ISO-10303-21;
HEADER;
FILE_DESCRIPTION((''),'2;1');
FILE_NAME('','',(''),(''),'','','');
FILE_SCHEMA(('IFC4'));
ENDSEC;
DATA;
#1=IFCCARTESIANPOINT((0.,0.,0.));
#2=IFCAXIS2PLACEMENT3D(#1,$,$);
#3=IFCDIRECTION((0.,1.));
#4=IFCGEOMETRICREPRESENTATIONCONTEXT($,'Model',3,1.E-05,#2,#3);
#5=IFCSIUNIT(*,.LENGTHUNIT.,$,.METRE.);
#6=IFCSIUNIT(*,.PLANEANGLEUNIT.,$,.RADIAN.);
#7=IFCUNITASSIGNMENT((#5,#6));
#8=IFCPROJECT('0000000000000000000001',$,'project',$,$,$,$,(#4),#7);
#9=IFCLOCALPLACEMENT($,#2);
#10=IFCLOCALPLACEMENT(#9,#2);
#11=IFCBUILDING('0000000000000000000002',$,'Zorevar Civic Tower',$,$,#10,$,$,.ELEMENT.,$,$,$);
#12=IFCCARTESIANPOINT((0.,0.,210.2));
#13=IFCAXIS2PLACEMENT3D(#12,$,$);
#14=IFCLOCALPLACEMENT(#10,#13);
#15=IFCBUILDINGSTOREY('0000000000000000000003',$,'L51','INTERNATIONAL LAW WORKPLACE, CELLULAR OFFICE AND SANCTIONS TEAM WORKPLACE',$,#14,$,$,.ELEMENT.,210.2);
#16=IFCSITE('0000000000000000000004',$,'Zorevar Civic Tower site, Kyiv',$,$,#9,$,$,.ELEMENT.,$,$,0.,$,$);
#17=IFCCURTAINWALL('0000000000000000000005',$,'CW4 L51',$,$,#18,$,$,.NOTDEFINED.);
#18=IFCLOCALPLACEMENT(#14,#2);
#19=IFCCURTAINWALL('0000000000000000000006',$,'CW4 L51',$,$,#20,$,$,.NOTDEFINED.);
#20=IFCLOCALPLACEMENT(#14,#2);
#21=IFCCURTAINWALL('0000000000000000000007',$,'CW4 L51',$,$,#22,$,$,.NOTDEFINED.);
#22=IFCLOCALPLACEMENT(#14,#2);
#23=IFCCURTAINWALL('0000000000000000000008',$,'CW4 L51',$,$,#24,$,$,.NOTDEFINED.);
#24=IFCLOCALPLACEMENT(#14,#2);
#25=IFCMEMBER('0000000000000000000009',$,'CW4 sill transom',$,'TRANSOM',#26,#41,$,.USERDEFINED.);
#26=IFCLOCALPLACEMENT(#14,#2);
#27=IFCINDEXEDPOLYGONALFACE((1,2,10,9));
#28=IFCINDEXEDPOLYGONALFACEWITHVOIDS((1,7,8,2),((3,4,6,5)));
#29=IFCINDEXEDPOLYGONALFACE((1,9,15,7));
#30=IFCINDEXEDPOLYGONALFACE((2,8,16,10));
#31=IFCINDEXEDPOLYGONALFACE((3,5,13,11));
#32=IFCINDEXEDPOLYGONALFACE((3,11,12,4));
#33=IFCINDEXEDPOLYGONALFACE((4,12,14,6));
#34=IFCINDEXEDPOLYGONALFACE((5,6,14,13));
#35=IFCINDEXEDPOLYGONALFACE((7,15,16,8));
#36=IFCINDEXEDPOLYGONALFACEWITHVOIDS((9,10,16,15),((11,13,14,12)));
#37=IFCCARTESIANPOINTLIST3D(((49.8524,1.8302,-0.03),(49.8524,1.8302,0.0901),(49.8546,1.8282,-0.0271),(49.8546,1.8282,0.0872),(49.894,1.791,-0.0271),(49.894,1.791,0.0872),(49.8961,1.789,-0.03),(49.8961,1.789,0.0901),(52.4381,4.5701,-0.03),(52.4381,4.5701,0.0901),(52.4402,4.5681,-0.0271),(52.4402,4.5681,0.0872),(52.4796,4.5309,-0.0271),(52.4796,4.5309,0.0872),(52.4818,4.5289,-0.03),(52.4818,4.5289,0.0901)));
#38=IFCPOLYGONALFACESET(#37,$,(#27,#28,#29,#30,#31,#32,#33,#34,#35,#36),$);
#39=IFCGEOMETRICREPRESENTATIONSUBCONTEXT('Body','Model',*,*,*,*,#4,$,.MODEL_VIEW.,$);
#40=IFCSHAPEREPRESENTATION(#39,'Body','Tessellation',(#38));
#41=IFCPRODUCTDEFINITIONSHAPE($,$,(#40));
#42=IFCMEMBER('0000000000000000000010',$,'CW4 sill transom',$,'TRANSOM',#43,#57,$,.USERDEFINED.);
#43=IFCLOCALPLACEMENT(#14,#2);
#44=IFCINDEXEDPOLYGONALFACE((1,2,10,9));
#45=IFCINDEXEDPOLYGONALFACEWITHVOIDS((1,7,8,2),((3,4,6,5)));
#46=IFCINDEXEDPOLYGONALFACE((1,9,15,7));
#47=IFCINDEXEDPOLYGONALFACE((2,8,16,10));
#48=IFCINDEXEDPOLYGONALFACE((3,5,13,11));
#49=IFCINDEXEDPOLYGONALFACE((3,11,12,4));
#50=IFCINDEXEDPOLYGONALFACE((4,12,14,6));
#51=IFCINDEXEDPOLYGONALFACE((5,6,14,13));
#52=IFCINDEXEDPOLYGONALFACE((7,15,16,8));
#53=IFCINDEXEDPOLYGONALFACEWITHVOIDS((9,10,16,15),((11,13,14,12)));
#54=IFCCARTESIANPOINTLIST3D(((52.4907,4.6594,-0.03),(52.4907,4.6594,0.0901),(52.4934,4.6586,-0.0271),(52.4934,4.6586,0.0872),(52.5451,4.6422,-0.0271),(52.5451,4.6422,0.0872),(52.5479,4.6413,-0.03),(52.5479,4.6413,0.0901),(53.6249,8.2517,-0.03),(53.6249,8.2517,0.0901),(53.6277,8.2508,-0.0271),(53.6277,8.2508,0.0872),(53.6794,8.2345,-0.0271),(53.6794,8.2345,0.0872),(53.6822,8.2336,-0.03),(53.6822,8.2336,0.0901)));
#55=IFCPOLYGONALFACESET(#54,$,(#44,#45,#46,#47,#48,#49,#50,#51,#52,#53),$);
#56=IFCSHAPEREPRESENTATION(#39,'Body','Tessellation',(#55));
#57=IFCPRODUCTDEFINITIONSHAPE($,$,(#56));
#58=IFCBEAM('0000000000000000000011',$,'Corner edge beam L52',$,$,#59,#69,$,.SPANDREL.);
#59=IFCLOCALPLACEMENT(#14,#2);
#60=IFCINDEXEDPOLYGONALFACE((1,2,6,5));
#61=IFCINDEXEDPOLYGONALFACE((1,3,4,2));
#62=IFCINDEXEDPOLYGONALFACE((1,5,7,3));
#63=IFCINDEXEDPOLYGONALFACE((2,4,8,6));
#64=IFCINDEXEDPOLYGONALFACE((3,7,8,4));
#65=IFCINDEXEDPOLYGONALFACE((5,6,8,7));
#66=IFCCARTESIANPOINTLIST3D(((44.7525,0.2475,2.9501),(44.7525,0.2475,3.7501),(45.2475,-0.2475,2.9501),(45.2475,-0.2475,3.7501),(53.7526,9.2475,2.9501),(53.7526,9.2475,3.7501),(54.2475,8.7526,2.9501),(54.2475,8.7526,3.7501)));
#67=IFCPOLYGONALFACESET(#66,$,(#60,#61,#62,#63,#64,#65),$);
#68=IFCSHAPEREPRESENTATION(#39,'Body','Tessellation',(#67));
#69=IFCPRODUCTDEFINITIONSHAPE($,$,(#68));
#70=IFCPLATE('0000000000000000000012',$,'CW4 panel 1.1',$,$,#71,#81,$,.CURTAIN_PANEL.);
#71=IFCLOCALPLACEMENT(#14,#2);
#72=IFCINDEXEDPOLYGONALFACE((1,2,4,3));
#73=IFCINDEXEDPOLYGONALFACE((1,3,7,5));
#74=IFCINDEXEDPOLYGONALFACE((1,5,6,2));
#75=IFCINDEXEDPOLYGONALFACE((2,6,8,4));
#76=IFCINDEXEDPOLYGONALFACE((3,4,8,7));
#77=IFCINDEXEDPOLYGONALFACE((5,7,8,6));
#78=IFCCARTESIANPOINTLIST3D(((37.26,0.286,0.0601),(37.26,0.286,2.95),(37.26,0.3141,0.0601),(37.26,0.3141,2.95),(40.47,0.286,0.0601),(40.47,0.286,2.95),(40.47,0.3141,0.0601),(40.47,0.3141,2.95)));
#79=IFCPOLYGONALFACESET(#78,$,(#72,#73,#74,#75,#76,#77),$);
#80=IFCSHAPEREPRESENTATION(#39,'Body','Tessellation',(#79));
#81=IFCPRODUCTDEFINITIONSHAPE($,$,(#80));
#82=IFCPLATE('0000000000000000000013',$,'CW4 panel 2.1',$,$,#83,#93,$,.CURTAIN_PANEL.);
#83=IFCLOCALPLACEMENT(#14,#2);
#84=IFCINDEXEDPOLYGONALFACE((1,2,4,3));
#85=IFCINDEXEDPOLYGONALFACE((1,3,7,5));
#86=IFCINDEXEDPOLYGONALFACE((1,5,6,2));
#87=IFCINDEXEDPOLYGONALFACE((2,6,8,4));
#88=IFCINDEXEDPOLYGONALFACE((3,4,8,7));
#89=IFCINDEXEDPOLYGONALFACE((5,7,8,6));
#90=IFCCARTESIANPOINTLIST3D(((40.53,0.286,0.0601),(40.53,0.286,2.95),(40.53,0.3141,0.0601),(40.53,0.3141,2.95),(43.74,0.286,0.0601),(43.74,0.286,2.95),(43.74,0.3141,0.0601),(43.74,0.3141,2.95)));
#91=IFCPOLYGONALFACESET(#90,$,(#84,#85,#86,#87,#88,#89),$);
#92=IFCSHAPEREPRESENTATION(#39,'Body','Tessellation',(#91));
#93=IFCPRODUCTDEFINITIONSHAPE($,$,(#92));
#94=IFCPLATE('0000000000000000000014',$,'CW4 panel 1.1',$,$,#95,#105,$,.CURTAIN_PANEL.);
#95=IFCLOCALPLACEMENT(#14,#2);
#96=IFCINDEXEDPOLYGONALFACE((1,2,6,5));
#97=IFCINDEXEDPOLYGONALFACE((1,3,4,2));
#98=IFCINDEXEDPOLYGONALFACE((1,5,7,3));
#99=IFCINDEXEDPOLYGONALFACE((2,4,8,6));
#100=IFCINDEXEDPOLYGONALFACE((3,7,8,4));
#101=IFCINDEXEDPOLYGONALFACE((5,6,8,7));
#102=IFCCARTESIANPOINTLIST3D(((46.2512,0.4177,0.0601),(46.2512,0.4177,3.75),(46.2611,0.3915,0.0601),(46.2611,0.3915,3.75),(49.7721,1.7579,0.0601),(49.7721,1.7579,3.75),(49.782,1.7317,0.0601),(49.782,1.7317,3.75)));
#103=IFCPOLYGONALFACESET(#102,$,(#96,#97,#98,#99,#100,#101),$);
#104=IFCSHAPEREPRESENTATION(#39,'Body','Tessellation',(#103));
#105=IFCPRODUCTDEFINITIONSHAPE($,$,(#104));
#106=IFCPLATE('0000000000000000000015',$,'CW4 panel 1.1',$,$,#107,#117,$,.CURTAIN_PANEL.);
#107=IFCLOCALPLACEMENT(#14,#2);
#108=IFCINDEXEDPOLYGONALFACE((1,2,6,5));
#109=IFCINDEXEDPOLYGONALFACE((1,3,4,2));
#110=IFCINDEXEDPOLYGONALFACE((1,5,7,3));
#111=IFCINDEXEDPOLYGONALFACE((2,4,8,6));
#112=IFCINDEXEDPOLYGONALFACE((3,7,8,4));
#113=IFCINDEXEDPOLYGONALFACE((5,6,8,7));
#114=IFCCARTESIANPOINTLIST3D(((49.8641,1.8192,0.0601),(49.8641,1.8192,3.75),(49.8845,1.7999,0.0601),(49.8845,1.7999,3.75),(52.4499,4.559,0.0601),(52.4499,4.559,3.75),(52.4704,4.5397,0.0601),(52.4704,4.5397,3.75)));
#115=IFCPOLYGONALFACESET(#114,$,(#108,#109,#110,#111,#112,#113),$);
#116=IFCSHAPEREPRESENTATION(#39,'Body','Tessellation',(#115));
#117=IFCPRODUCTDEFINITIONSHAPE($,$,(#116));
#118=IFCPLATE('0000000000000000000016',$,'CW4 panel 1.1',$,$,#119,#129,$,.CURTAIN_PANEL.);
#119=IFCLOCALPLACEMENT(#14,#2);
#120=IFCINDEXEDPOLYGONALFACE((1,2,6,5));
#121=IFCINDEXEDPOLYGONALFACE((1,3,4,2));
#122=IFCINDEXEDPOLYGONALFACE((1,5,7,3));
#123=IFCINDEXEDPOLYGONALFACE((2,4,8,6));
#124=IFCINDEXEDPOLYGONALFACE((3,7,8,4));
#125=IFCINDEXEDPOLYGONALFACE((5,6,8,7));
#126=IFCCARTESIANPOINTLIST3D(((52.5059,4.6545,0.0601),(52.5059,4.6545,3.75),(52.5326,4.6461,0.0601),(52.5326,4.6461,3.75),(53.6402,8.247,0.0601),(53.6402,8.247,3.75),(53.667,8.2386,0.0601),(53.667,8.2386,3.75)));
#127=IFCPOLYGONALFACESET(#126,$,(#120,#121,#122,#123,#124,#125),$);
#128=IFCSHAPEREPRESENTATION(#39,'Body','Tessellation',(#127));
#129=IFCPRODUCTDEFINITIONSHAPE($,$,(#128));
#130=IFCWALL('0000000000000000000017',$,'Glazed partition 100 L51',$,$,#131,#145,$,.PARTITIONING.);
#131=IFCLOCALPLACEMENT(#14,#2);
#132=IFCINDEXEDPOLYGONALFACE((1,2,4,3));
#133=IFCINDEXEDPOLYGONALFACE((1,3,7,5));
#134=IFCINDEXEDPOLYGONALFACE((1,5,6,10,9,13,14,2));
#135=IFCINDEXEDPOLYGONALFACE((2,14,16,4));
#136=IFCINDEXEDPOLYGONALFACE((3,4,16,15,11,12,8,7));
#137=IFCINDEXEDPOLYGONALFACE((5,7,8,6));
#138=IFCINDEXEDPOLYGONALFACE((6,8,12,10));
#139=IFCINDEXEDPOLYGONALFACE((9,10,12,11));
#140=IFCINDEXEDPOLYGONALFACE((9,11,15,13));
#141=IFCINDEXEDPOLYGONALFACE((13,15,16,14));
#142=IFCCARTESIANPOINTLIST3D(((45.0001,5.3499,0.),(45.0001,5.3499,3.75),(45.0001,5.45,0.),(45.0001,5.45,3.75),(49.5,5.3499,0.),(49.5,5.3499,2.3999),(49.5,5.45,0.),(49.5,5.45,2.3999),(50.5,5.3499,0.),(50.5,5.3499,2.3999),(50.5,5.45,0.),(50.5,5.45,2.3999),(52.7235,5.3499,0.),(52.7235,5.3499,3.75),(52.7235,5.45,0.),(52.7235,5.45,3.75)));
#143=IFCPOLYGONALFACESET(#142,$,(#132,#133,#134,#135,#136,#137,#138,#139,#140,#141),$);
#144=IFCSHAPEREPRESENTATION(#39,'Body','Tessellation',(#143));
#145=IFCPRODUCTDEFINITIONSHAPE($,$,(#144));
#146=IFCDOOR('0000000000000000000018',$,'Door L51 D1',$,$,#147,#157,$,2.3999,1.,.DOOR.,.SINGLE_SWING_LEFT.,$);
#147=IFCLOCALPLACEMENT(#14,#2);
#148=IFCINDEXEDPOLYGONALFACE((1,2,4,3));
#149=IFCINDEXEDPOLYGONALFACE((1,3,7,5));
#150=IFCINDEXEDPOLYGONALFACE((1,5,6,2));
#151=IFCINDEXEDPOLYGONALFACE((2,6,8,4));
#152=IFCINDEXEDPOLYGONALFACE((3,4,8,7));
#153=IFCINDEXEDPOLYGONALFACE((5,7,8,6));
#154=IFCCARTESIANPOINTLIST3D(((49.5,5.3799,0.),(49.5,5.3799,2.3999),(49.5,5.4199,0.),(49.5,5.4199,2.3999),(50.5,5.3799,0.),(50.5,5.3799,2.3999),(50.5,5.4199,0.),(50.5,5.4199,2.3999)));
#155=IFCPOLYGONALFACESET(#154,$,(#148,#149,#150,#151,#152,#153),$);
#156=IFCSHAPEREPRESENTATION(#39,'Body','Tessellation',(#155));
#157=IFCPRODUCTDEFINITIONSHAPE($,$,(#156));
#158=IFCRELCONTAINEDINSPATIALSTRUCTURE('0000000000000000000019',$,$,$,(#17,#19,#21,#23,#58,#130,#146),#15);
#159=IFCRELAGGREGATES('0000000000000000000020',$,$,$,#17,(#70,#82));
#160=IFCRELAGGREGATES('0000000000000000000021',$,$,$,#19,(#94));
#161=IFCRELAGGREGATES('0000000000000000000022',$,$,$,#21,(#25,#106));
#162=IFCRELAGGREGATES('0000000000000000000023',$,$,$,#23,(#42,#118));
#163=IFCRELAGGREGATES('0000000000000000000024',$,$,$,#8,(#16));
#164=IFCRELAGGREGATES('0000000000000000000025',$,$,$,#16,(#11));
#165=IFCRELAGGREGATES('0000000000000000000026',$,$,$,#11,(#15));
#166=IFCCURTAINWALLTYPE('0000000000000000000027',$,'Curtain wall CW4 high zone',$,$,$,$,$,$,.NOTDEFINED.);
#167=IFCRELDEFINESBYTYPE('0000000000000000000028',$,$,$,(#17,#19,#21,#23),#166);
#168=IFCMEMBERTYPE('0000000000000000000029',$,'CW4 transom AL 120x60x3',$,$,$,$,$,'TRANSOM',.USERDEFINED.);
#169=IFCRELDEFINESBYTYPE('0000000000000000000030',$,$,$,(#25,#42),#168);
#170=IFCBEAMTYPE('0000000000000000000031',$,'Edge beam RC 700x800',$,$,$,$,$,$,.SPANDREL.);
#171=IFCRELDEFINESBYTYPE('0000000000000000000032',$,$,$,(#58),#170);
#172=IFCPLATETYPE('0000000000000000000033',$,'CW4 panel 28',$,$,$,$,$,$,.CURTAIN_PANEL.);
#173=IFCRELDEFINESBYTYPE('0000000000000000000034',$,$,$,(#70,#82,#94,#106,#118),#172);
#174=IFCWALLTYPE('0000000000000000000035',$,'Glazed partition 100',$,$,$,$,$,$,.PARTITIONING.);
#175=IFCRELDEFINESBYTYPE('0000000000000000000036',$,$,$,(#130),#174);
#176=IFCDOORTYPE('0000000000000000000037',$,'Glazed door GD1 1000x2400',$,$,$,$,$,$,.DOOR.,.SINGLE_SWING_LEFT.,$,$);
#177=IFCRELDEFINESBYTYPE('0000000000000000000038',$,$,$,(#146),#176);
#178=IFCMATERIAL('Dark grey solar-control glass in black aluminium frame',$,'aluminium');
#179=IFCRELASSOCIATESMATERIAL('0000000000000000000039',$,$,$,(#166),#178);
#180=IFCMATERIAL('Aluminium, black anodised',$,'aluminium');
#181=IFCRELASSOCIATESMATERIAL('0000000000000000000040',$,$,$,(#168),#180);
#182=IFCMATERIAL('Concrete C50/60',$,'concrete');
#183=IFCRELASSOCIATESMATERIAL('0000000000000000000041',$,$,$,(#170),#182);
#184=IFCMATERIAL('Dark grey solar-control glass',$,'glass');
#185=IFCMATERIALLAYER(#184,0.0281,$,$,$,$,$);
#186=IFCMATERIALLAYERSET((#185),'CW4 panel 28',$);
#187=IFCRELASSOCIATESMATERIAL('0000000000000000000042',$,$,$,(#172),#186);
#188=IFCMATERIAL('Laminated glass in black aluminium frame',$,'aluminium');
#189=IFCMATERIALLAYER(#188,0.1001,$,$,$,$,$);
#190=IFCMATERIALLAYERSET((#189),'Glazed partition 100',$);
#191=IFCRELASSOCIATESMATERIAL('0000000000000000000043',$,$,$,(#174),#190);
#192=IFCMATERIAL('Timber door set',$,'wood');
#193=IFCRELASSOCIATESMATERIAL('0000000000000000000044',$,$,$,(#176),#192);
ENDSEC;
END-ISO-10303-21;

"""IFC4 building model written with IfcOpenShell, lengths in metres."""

from ifc_helpers import new_model, si_unit, direction, frame, frame_2d, origin, origin_2d, place, context, subcontext, project, spatial, rectangle, hollow_rectangle, extrude, material, layer, layer_set, material_profile, profile_set, type_object, element, fill, aggregate, save


model = new_model("IFC4")

# Units and contexts
model_context = context("Model", 3, precision=1e-05, world=origin(), true_north=direction((0.0, 1.0)))
body_context = subcontext(model_context, "Body", "Model", "MODEL_VIEW")
ifc_project = project(units=[si_unit("LENGTHUNIT", "METRE"), si_unit("PLANEANGLEUNIT", "RADIAN")], contexts=[model_context])

# Site, building, storey
site_placement = place(None, origin())
site = spatial("IfcSite", under=ifc_project, at=site_placement, Name="Zorevar Civic Tower site, Kyiv", CompositionType="ELEMENT", RefElevation=0.0)
building_placement = place(site_placement, origin())
building = spatial("IfcBuilding", under=site, at=building_placement, Name="Zorevar Civic Tower", CompositionType="ELEMENT")
storey_placement = place(building_placement, frame((0.0, 0.0, 210.2)))
storey = spatial("IfcBuildingStorey", under=building, at=storey_placement, Name="L51", Description="INTERNATIONAL LAW WORKPLACE, CELLULAR OFFICE AND SANCTIONS TEAM WORKPLACE", CompositionType="ELEMENT", Elevation=210.2)

# Curtain walls
ifc_material_1 = material(Name="Dark grey solar-control glass in black aluminium frame", Category="aluminium")
curtain_wall_type = type_object("IfcCurtainWallType", Name="Curtain wall CW4 high zone", PredefinedType="NOTDEFINED", material=ifc_material_1)
curtain_wall_1_placement = place(storey_placement, origin())
curtain_wall_1 = element("IfcCurtainWall", 1, at=curtain_wall_1_placement, inside=storey, type_object=curtain_wall_type, Name="CW4 L51", PredefinedType="NOTDEFINED")
curtain_wall_2_placement = place(storey_placement, origin())
curtain_wall_2 = element("IfcCurtainWall", 2, at=curtain_wall_2_placement, inside=storey, type_object=curtain_wall_type, Name="CW4 L51", PredefinedType="NOTDEFINED")
curtain_wall_3_placement = place(storey_placement, origin())
curtain_wall_3 = element("IfcCurtainWall", 3, at=curtain_wall_3_placement, inside=storey, type_object=curtain_wall_type, Name="CW4 L51", PredefinedType="NOTDEFINED")
curtain_wall_4_placement = place(storey_placement, origin())
curtain_wall_4 = element("IfcCurtainWall", 4, at=curtain_wall_4_placement, inside=storey, type_object=curtain_wall_type, Name="CW4 L51", PredefinedType="NOTDEFINED")

# Members
ifc_material_2 = material(Name="Aluminium, black anodised", Category="aluminium")
ifc_material_profile_1 = material_profile(ifc_material_2, hollow_rectangle(XDim=0.0601, YDim=0.1201, WallThickness=0.0029, at=origin_2d()), Name="AL 120x60x3")
ifc_profile_set_1 = profile_set([ifc_material_profile_1], Name="Aluminium, black anodised")
member_type_1 = type_object("IfcMemberType", Name="CW4 transom AL 120x60x3", ElementType="TRANSOM", PredefinedType="USERDEFINED", material=ifc_profile_set_1)
member_1_placement = place(storey_placement, frame((49.8743, 1.8096, 0.03), z_axis=(0.686332, 0.727288, 0.0), x_axis=(-0.727288, 0.686332, 0.0)))
member_1 = element("IfcMember", 5, at=member_1_placement, type_object=member_type_1, Name="CW4 sill transom", ObjectType="TRANSOM", PredefinedType="USERDEFINED", context=body_context, shape_type="SweptSolid", body=[
    extrude(hollow_rectangle(XDim=0.0601, YDim=0.1201, WallThickness=0.0029, at=origin_2d()), origin(), (0.0, 0.0, 1.0), 3.7673),
])
member_2_placement = place(storey_placement, frame((52.5193, 4.6504, 0.03), z_axis=(0.3011, 0.953592, 0.0), x_axis=(-0.953592, 0.3011, 0.0)))
member_2 = element("IfcMember", 6, at=member_2_placement, type_object=member_type_1, Name="CW4 sill transom", ObjectType="TRANSOM", PredefinedType="USERDEFINED", context=body_context, shape_type="SweptSolid", body=[
    extrude(hollow_rectangle(XDim=0.0601, YDim=0.1201, WallThickness=0.0029, at=origin_2d()), origin(), (0.0, 0.0, 1.0), 3.7671),
])

# Beam
ifc_material_3 = material(Name="Concrete C50/60", Category="concrete")
ifc_material_profile_2 = material_profile(ifc_material_3, rectangle(XDim=0.7, YDim=0.8, at=origin_2d()), Name="RC 700x800")
ifc_profile_set_2 = profile_set([ifc_material_profile_2], Name="Concrete C50/60")
beam_type_1 = type_object("IfcBeamType", Name="Edge beam RC 700x800", PredefinedType="SPANDREL", material=ifc_profile_set_2)
beam_1_placement = place(storey_placement, frame((45.0, 0.0, 3.3501), z_axis=(0.707107, 0.707107, 0.0), x_axis=(-0.707107, 0.707107, 0.0)))
element("IfcBeam", 7, at=beam_1_placement, inside=storey, type_object=beam_type_1, Name="Corner edge beam L52", PredefinedType="SPANDREL", context=body_context, shape_type="SweptSolid", body=[
    extrude(rectangle(XDim=0.7, YDim=0.8, at=origin_2d()), origin(), (0.0, 0.0, 1.0), 12.728),
])

# Plates
ifc_material_4 = material(Name="Dark grey solar-control glass", Category="glass")
ifc_layer_1 = layer(ifc_material_4, 0.0281)
ifc_layer_set_1 = layer_set([ifc_layer_1], Name="CW4 panel 28")
plate_type = type_object("IfcPlateType", Name="CW4 panel 28", PredefinedType="CURTAIN_PANEL", material=ifc_layer_set_1)
plate_1_placement = place(storey_placement, frame((38.865, 0.3, 0.0601), z_axis=(0.0, 0.0, 1.0), x_axis=(1.0, 0.0, 0.0)))
plate_1 = element("IfcPlate", 8, at=plate_1_placement, type_object=plate_type, Name="CW4 panel 1.1", PredefinedType="CURTAIN_PANEL", context=body_context, shape_type="SweptSolid", body=[
    extrude(rectangle(XDim=3.21, YDim=0.0281, at=origin_2d()), origin(), (0.0, 0.0, 1.0), 2.8899),
])
plate_2_placement = place(storey_placement, frame((42.135, 0.3, 0.0601), z_axis=(0.0, 0.0, 1.0), x_axis=(1.0, 0.0, 0.0)))
plate_2 = element("IfcPlate", 9, at=plate_2_placement, type_object=plate_type, Name="CW4 panel 2.1", PredefinedType="CURTAIN_PANEL", context=body_context, shape_type="SweptSolid", body=[
    extrude(rectangle(XDim=3.21, YDim=0.0281, at=origin_2d()), origin(), (0.0, 0.0, 1.0), 2.8899),
])
aggregate(curtain_wall_1, [plate_1, plate_2])
plate_3_placement = place(storey_placement, frame((48.0166, 1.0747, 0.0601), z_axis=(0.0, 0.0, 1.0), x_axis=(0.934588, 0.355731, 0.0)))
plate_3 = element("IfcPlate", 10, at=plate_3_placement, type_object=plate_type, Name="CW4 panel 1.1", PredefinedType="CURTAIN_PANEL", context=body_context, shape_type="SweptSolid", body=[
    extrude(rectangle(XDim=3.7673, YDim=0.0281, at=origin_2d()), origin(), (0.0, 0.0, 1.0), 3.6899),
])
aggregate(curtain_wall_2, [plate_3])
plate_4_placement = place(storey_placement, frame((51.1672, 3.1794, 0.0601), z_axis=(0.0, 0.0, 1.0), x_axis=(0.686378, 0.727245, 0.0)))
plate_4 = element("IfcPlate", 11, at=plate_4_placement, type_object=plate_type, Name="CW4 panel 1.1", PredefinedType="CURTAIN_PANEL", context=body_context, shape_type="SweptSolid", body=[
    extrude(rectangle(XDim=3.7673, YDim=0.0281, at=origin_2d()), origin(), (0.0, 0.0, 1.0), 3.6899),
])
aggregate(curtain_wall_3, [member_1, plate_4])
plate_5_placement = place(storey_placement, frame((53.0864, 6.4465, 0.0601), z_axis=(0.0, 0.0, 1.0), x_axis=(0.301108, 0.95359, 0.0)))
plate_5 = element("IfcPlate", 12, at=plate_5_placement, type_object=plate_type, Name="CW4 panel 1.1", PredefinedType="CURTAIN_PANEL", context=body_context, shape_type="SweptSolid", body=[
    extrude(rectangle(XDim=3.7673, YDim=0.0281, at=origin_2d()), origin(), (0.0, 0.0, 1.0), 3.6899),
])
aggregate(curtain_wall_4, [member_2, plate_5])

# Wall, opening, door
ifc_material_5 = material(Name="Laminated glass in black aluminium frame", Category="aluminium")
ifc_layer_2 = layer(ifc_material_5, 0.1001)
ifc_layer_set_2 = layer_set([ifc_layer_2], Name="Glazed partition 100")
wall_type_1 = type_object("IfcWallType", Name="Glazed partition 100", PredefinedType="PARTITIONING", material=ifc_layer_set_2)
wall_1_placement = place(storey_placement, frame((45.0, 5.3999, 0.0), z_axis=(0.0, 0.0, 1.0), x_axis=(1.0, 0.0, 0.0)))
wall_1 = element("IfcWall", 13, at=wall_1_placement, inside=storey, type_object=wall_type_1, Name="Glazed partition 100 L51", PredefinedType="PARTITIONING", context=body_context, shape_type="SweptSolid", body=[
    extrude(rectangle(XDim=7.7234, YDim=0.1001, at=frame_2d((3.8618, 0.0))), origin(), (0.0, 0.0, 1.0), 3.75),
])
opening_1_placement = place(wall_1_placement, frame((4.5, 0.0, 0.0)))
opening_1 = element("IfcOpeningElement", 14, at=opening_1_placement, cuts=wall_1, PredefinedType="OPENING", context=body_context, shape_type="SweptSolid", body=[
    extrude(rectangle(XDim=1.0, YDim=2.3999, at=frame_2d((0.5, 1.2))), frame((0.0, 0.0601, 0.0), z_axis=(0.0, -1.0, 0.0), x_axis=(1.0, 0.0, 0.0)), (0.0, 0.0, 1.0), 0.1201),
])
ifc_material_6 = material(Name="Timber door set", Category="wood")
door_type_1 = type_object("IfcDoorType", Name="Glazed door GD1 1000x2400", OperationType="SINGLE_SWING_LEFT", PredefinedType="DOOR", material=ifc_material_6)
door_1_placement = place(opening_1_placement, origin())
door_1 = element("IfcDoor", 15, at=door_1_placement, inside=storey, type_object=door_type_1, Name="Door L51 D1", OperationType="SINGLE_SWING_LEFT", OverallHeight=2.3999, OverallWidth=1.0, PredefinedType="DOOR", context=body_context, shape_type="SweptSolid", body=[
    extrude(rectangle(XDim=1.0, YDim=2.3999, at=frame_2d((0.5, 1.2))), frame((0.0, 0.02, 0.0), z_axis=(0.0, -1.0, 0.0), x_axis=(1.0, 0.0, 0.0)), (0.0, 0.0, 1.0), 0.04),
])
fill(opening_1, door_1)

save(model, "model.ifc")
